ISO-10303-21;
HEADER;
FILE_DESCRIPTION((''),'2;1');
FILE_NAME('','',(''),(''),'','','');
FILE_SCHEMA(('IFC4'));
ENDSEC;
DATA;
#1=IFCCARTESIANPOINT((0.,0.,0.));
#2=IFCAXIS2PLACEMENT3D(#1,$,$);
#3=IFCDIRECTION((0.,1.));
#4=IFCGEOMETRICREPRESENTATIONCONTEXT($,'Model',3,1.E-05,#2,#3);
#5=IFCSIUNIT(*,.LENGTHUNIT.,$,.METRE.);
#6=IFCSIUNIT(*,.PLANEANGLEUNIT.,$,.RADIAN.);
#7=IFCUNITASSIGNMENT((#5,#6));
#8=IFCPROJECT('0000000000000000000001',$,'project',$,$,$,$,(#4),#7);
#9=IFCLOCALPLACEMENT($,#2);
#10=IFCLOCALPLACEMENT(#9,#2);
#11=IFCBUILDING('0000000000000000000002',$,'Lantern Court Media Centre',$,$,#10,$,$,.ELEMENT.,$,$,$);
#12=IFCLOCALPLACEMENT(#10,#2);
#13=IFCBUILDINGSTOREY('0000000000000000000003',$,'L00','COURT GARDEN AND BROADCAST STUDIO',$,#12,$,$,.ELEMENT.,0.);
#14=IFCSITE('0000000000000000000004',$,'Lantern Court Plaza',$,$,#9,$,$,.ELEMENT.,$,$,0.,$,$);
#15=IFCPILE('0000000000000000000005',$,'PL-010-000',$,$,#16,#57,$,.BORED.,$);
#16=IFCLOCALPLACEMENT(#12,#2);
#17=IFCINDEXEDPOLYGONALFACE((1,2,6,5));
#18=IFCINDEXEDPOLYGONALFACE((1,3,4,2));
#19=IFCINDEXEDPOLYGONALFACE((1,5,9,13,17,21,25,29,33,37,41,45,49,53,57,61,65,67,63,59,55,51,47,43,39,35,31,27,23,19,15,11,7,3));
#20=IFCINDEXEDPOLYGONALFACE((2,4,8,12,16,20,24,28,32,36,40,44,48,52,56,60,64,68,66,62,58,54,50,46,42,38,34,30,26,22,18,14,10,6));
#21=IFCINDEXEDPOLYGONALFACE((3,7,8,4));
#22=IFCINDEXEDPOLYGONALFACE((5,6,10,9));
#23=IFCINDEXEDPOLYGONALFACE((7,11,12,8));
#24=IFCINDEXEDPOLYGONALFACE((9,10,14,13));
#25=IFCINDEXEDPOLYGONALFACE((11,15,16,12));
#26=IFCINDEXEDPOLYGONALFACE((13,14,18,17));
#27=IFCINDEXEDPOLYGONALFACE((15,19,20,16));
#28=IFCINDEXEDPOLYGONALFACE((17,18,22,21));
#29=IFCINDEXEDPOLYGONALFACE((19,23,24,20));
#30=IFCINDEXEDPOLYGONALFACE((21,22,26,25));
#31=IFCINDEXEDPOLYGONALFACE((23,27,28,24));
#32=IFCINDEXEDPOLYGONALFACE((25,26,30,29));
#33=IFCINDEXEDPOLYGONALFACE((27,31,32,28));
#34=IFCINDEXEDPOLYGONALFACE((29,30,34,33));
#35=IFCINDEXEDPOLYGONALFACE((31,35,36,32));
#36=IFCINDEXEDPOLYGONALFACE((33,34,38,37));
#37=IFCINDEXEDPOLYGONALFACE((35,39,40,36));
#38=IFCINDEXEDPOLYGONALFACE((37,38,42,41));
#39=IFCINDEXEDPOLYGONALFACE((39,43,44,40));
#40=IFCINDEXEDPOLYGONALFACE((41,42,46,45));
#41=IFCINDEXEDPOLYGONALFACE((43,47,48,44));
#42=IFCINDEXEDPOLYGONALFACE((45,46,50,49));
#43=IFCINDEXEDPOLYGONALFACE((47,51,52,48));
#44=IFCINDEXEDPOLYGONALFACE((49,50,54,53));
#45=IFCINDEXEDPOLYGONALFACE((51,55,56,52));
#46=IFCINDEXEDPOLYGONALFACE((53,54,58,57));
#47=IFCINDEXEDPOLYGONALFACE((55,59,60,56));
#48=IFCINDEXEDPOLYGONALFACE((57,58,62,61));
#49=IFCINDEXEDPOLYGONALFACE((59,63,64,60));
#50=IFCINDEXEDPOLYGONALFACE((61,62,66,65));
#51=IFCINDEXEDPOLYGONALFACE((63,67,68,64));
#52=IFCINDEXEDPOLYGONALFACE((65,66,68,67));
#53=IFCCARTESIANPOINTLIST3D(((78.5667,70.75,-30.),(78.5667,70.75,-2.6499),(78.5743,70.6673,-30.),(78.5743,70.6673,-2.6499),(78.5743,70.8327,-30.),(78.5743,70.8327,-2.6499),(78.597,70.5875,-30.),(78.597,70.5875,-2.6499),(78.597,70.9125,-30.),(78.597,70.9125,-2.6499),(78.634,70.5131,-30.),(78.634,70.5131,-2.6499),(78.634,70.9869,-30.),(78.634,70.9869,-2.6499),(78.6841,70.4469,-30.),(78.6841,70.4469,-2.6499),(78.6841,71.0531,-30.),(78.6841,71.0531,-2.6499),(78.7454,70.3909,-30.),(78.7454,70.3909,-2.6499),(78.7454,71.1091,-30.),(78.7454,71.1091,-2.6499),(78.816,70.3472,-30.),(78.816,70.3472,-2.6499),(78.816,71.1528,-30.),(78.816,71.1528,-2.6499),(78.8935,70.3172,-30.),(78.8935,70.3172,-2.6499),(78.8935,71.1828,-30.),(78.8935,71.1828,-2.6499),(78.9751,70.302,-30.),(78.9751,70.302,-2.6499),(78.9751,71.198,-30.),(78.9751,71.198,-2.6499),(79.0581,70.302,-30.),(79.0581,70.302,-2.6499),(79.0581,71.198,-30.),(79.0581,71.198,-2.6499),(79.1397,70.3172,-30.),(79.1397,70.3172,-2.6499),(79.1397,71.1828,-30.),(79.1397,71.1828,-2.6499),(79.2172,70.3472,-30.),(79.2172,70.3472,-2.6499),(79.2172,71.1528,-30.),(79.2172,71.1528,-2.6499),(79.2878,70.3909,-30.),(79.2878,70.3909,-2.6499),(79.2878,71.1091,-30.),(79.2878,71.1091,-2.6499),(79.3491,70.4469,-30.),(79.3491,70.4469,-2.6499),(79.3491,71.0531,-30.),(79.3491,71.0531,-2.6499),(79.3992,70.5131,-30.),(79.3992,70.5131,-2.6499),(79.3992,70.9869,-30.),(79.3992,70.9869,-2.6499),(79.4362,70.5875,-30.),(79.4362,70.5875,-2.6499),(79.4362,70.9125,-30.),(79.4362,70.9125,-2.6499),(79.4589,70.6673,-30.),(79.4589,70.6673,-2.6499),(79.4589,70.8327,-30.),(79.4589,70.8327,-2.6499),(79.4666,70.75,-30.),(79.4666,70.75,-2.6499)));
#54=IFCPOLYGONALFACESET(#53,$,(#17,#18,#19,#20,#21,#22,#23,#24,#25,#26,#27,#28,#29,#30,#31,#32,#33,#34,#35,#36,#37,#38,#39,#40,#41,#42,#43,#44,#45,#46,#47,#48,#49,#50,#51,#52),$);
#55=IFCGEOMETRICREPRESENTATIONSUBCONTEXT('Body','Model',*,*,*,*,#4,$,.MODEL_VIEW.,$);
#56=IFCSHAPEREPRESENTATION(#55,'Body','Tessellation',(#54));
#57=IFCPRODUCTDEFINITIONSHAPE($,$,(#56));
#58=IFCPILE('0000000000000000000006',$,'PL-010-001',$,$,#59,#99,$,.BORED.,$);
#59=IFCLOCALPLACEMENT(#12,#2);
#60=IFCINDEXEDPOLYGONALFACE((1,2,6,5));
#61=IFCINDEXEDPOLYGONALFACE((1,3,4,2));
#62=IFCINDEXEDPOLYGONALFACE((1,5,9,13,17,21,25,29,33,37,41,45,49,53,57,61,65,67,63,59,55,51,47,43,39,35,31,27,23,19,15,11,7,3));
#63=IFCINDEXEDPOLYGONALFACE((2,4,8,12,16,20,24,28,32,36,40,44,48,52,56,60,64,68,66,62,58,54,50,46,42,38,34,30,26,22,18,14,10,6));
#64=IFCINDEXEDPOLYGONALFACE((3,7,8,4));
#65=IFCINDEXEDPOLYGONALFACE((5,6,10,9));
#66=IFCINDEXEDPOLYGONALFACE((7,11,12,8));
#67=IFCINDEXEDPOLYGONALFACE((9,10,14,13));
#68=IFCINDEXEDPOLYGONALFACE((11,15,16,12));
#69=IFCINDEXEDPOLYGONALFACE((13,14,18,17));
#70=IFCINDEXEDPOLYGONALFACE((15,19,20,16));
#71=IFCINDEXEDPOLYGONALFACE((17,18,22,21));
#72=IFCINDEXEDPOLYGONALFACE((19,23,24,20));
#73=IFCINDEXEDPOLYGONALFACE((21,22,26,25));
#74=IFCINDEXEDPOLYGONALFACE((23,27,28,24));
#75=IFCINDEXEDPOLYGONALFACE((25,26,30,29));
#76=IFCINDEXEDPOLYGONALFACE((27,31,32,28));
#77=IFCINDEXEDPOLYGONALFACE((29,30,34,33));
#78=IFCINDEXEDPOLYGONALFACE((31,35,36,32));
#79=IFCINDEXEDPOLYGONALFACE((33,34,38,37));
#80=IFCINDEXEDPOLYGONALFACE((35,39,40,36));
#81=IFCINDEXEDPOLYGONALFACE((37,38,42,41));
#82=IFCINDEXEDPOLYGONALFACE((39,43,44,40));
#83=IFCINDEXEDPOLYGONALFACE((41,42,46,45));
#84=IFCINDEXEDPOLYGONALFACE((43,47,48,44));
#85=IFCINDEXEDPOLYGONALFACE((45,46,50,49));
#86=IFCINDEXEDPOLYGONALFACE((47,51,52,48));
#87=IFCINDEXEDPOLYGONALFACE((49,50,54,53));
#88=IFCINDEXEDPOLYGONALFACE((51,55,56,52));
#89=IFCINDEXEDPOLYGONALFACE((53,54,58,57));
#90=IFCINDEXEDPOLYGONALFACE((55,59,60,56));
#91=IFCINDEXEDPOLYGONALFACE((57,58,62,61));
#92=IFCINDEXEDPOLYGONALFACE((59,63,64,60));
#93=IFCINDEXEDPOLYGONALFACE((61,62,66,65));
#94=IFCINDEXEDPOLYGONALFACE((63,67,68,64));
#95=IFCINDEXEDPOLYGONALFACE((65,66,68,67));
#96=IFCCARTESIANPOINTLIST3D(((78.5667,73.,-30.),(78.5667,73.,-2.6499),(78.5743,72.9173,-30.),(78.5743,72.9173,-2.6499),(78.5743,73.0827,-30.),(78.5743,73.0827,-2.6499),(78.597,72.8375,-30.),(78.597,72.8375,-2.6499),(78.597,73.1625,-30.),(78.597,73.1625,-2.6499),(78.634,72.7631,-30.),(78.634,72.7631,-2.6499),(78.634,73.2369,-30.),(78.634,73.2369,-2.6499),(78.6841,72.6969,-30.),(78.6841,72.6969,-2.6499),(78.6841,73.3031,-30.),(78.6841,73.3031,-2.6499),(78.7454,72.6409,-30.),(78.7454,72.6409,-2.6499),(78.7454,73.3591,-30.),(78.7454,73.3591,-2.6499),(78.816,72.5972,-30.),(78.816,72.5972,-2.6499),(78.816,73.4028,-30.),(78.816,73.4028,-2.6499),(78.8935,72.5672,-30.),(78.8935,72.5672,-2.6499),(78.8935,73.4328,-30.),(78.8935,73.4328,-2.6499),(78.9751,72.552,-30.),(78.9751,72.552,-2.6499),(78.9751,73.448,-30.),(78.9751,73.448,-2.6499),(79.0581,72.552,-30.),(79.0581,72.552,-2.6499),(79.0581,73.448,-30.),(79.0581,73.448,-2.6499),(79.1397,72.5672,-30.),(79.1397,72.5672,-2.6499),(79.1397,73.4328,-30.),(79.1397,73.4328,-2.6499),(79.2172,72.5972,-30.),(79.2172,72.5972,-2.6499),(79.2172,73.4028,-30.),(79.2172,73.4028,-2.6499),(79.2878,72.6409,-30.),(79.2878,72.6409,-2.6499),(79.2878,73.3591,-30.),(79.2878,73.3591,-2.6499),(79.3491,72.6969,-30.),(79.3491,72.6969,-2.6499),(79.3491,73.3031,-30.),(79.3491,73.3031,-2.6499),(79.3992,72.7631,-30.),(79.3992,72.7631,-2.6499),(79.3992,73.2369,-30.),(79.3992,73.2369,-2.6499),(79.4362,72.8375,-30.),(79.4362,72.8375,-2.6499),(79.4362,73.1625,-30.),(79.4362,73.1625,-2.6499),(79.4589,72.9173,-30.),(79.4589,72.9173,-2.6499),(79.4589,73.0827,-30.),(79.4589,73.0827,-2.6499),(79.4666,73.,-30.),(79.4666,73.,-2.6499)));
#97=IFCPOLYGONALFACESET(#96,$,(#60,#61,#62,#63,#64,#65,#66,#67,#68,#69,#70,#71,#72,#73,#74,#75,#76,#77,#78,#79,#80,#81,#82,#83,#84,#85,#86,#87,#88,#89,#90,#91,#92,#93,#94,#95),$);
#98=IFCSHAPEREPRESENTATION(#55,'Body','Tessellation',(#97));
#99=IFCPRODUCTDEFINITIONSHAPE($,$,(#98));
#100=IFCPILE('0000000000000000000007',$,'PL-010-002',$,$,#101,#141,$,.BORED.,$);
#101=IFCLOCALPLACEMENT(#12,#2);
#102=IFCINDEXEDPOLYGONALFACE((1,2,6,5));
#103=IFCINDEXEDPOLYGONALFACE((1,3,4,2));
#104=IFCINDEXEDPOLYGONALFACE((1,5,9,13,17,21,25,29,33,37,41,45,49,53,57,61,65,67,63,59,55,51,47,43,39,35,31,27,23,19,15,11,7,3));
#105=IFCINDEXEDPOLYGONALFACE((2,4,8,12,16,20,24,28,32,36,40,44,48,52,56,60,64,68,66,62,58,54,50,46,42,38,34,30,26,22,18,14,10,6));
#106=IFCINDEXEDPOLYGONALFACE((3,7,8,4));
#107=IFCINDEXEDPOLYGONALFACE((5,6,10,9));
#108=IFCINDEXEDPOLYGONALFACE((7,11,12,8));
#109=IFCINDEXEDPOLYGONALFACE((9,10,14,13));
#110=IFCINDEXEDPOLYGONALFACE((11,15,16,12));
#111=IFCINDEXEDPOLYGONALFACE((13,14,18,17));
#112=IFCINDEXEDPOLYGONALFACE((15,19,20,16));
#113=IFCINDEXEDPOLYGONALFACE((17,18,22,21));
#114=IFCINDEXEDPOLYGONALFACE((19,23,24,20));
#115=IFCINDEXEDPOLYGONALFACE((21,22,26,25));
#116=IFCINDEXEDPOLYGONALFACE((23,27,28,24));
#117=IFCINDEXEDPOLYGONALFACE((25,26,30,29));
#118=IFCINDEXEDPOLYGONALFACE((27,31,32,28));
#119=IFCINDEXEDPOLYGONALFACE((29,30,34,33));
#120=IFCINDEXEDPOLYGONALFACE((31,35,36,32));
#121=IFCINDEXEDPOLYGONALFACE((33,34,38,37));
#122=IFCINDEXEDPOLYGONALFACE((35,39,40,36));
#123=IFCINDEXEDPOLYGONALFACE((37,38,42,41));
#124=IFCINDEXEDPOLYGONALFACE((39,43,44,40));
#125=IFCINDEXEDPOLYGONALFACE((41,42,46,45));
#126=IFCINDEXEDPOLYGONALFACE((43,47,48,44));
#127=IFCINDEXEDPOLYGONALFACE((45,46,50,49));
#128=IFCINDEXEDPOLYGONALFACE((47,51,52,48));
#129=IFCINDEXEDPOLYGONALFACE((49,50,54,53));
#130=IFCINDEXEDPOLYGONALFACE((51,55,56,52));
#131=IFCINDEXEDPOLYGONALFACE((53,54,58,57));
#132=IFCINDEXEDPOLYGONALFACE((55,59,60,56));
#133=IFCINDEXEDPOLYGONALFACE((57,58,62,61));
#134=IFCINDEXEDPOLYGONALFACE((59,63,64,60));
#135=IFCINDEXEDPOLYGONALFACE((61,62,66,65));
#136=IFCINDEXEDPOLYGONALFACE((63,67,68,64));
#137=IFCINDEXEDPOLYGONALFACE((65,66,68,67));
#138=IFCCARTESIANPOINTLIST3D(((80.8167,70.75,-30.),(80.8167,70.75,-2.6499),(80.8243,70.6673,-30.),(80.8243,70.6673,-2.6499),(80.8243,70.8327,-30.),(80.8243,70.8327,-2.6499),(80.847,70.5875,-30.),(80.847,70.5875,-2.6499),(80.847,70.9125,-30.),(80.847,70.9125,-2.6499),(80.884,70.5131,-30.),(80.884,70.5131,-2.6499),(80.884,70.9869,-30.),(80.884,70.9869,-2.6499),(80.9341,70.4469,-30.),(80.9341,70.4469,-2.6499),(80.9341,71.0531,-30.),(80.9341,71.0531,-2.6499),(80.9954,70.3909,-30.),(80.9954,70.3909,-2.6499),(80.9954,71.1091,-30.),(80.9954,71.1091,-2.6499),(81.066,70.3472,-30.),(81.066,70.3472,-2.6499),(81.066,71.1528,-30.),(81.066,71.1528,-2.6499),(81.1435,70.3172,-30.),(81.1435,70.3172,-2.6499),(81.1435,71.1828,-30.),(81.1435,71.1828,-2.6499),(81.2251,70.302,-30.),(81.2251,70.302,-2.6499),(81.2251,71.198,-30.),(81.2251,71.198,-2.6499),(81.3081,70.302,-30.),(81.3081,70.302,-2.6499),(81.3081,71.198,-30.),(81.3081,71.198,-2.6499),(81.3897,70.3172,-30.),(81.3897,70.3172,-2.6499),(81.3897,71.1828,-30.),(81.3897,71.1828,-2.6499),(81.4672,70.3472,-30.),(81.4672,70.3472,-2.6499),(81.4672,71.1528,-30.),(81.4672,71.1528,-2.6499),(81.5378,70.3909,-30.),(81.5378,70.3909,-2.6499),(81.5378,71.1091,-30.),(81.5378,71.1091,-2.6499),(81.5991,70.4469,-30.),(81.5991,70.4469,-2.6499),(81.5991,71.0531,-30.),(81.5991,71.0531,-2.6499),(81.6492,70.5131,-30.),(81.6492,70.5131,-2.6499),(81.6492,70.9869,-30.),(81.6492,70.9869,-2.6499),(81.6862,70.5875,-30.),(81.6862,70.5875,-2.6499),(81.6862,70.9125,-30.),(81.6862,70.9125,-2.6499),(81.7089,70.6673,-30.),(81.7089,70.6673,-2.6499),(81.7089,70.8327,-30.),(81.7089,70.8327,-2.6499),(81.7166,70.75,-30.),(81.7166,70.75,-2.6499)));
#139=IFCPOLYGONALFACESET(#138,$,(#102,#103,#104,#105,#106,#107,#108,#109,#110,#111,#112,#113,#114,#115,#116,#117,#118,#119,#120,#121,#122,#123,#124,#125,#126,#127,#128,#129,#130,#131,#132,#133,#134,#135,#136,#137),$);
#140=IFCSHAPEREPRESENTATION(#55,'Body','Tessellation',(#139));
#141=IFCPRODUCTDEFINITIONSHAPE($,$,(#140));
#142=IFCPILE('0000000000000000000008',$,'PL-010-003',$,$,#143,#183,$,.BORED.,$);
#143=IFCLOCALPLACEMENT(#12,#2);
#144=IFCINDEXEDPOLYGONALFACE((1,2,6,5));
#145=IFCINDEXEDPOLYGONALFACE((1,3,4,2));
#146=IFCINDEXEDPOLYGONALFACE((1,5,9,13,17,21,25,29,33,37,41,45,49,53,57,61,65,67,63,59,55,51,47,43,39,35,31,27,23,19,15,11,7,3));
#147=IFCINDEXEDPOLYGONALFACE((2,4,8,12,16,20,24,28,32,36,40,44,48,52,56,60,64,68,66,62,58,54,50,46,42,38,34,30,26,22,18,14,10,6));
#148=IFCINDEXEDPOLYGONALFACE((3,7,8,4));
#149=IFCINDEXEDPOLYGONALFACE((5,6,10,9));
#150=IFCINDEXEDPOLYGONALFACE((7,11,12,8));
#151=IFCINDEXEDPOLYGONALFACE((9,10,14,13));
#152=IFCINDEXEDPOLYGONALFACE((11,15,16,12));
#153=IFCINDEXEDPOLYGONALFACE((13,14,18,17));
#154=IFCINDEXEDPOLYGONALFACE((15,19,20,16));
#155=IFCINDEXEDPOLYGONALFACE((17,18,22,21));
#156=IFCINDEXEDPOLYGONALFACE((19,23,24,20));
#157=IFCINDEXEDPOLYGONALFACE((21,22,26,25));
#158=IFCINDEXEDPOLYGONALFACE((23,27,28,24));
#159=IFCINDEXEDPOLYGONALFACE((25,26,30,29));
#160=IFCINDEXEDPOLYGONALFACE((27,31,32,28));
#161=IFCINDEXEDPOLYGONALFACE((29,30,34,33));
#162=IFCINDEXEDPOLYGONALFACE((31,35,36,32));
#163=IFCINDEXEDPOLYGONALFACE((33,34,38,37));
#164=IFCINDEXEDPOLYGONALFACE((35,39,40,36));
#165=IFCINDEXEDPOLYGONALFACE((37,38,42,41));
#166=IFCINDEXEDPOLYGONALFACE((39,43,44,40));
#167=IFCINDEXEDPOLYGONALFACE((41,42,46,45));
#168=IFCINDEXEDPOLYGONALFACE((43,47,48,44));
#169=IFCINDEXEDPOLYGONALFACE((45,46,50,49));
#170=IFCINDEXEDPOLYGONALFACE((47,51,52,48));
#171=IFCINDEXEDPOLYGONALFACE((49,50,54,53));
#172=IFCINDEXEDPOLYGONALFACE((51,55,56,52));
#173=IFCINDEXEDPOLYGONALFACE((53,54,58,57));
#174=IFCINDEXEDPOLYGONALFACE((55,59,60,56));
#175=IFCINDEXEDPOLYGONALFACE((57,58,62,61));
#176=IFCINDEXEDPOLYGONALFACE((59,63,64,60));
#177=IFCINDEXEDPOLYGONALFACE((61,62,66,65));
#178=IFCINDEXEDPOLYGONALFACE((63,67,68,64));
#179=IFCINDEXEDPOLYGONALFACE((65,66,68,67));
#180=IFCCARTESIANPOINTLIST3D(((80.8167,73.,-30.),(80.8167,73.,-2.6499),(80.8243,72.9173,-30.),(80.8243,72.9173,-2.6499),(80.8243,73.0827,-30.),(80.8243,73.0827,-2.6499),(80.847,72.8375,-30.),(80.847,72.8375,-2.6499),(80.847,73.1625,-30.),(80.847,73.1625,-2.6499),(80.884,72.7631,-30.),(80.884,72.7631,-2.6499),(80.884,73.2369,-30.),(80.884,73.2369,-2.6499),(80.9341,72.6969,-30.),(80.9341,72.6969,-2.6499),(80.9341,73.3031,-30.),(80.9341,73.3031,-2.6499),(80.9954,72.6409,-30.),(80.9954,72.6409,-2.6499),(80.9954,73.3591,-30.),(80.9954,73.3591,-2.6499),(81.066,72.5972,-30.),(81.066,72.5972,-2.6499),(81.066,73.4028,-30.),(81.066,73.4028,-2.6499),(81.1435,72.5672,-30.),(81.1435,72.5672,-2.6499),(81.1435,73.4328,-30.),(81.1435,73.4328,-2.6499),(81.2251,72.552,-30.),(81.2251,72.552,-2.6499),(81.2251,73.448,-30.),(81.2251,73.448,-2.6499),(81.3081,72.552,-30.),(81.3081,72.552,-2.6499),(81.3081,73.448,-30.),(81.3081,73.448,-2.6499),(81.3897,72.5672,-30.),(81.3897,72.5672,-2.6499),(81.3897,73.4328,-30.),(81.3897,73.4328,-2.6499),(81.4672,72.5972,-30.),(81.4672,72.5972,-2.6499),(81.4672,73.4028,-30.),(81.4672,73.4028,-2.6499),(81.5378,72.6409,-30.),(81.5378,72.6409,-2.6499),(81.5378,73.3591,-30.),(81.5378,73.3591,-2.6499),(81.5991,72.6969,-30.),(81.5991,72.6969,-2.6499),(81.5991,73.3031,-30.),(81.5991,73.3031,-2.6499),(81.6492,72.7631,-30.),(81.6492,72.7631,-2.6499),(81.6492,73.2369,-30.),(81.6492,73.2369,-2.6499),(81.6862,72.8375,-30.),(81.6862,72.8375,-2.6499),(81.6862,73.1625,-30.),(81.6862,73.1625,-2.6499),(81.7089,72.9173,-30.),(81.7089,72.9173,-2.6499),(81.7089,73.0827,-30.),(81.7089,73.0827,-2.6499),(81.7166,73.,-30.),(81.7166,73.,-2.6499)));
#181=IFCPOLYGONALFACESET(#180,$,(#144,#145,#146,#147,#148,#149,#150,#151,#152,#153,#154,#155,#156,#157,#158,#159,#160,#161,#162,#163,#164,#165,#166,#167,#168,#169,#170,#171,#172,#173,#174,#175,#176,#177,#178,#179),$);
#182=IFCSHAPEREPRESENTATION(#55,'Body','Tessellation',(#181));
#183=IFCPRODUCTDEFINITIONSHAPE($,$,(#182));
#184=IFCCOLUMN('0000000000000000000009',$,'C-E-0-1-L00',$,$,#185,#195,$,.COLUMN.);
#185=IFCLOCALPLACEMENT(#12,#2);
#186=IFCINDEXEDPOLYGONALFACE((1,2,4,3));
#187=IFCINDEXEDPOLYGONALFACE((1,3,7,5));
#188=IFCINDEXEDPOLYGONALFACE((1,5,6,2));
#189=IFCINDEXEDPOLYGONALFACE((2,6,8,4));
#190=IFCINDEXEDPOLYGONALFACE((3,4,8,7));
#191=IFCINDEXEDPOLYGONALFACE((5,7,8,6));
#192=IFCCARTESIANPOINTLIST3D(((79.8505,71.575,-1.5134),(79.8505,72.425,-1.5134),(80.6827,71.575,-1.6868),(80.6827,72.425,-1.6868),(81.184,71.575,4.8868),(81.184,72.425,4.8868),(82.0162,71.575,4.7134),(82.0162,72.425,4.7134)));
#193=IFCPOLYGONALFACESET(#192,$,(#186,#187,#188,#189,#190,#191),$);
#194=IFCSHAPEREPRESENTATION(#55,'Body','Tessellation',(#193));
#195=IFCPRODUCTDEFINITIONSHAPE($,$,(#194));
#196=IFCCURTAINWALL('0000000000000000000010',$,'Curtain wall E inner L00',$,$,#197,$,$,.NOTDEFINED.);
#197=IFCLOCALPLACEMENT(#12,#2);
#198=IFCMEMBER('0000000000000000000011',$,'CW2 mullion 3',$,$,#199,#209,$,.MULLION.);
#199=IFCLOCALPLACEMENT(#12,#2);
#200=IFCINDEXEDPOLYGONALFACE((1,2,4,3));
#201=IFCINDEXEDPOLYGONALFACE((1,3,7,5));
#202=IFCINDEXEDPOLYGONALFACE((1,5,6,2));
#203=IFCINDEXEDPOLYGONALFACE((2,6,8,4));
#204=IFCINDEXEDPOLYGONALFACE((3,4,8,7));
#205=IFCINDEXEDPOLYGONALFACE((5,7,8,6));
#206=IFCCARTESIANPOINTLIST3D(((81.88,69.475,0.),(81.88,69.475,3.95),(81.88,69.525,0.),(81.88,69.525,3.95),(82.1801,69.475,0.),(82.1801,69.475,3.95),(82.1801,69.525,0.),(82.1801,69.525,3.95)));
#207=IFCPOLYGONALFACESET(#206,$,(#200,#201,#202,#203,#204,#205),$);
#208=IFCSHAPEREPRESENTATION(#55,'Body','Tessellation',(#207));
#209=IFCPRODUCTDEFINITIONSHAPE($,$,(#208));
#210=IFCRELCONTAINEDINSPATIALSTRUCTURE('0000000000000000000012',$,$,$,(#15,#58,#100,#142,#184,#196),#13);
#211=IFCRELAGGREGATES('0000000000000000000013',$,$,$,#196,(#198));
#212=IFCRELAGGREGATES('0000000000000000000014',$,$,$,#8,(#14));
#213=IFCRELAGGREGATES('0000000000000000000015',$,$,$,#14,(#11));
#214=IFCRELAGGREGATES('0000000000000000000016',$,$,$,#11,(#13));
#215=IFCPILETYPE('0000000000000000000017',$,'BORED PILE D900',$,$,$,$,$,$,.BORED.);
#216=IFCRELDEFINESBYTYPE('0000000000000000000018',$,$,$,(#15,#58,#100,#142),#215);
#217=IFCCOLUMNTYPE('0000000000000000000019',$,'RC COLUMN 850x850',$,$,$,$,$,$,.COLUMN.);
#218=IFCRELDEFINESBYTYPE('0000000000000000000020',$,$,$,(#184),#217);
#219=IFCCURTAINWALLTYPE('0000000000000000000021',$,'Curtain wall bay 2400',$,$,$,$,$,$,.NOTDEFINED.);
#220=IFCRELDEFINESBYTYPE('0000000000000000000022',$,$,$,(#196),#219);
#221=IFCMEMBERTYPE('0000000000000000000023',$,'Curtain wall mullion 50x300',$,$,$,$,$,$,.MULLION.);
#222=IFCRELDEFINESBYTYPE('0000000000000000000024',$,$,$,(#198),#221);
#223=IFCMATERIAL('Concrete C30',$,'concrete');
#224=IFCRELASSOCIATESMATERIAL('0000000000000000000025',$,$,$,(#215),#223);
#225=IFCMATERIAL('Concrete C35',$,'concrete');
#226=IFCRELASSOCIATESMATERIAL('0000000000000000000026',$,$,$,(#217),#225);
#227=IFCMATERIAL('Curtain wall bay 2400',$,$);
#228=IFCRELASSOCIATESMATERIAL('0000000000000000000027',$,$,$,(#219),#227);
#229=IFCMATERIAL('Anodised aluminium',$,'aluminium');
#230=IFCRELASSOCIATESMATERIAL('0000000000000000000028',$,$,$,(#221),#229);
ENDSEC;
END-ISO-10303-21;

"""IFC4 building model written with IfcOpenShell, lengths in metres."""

from ifc_helpers import new_model, si_unit, direction, frame, origin, origin_2d, place, context, subcontext, project, spatial, rectangle, circle, extrude, material, material_profile, profile_set, type_object, element, aggregate, save


model = new_model("IFC4")

# Units and contexts
model_context = context("Model", 3, precision=1e-05, world=origin(), true_north=direction((0.0, 1.0)))
body_context = subcontext(model_context, "Body", "Model", "MODEL_VIEW")
ifc_project = project(units=[si_unit("LENGTHUNIT", "METRE"), si_unit("PLANEANGLEUNIT", "RADIAN")], contexts=[model_context])

# Site, building, storey
site_placement = place(None, origin())
site = spatial("IfcSite", under=ifc_project, at=site_placement, Name="Lantern Court Plaza", CompositionType="ELEMENT", RefElevation=0.0)
building_placement = place(site_placement, origin())
building = spatial("IfcBuilding", under=site, at=building_placement, Name="Lantern Court Media Centre", CompositionType="ELEMENT")
storey_placement = place(building_placement, origin())
storey = spatial("IfcBuildingStorey", under=building, at=storey_placement, Name="L00", Description="COURT GARDEN AND BROADCAST STUDIO", CompositionType="ELEMENT", Elevation=0.0)

# Piles
ifc_material_1 = material(Name="Concrete C30", Category="concrete")
ifc_material_profile_1 = material_profile(ifc_material_1, circle(Radius=0.45, at=origin_2d()), Name="D900")
ifc_profile_set_1 = profile_set([ifc_material_profile_1], Name="Concrete C30")
pile_type = type_object("IfcPileType", Name="BORED PILE D900", PredefinedType="BORED", material=ifc_profile_set_1)
for number, where, z_axis, x_axis, name in (
    (1, (79.0166, 70.75, -2.6499), (0.0, 0.0, -1.0), (1.0, 0.0, 0.0), "PL-010-000"),
    (2, (79.0166, 73.0, -2.6499), (0.0, 0.0, -1.0), (1.0, 0.0, 0.0), "PL-010-001"),
    (3, (81.2666, 70.75, -2.6499), (0.0, 0.0, -1.0), (1.0, 0.0, 0.0), "PL-010-002"),
    (4, (81.2666, 73.0, -2.6499), (0.0, 0.0, -1.0), (1.0, 0.0, 0.0), "PL-010-003"),
):
    element("IfcPile", number, at=place(storey_placement, frame(where, z_axis=z_axis, x_axis=x_axis)), inside=storey, type_object=pile_type, Name=name, PredefinedType="BORED", context=body_context, shape_type="SweptSolid", body=[
        extrude(circle(Radius=0.45, at=origin_2d()), origin(), (0.0, 0.0, 1.0), 27.3501),
    ])

# Column
ifc_material_2 = material(Name="Concrete C35", Category="concrete")
ifc_material_profile_2 = material_profile(ifc_material_2, rectangle(XDim=0.8501, YDim=0.8501, at=origin_2d()), Name="RC 850x850")
ifc_profile_set_2 = profile_set([ifc_material_profile_2], Name="Concrete C35")
column_type = type_object("IfcColumnType", Name="RC COLUMN 850x850", PredefinedType="COLUMN", material=ifc_profile_set_2)
column_placement = place(storey_placement, frame((80.2666, 72.0, -1.6001), z_axis=(0.203974, 0.0, 0.978976), x_axis=(0.0, 1.0, 0.0)))
element("IfcColumn", 5, at=column_placement, inside=storey, type_object=column_type, Name="C-E-0-1-L00", PredefinedType="COLUMN", context=body_context, shape_type="SweptSolid", body=[
    extrude(rectangle(XDim=0.8501, YDim=0.8501, at=origin_2d()), origin(), (0.0, 0.0, 1.0), 6.5376),
])

# Curtain wall, member
ifc_material_3 = material(Name="Curtain wall bay 2400")
curtain_wall_type_1 = type_object("IfcCurtainWallType", Name="Curtain wall bay 2400", PredefinedType="NOTDEFINED", material=ifc_material_3)
curtain_wall_1_placement = place(storey_placement, origin())
curtain_wall_1 = element("IfcCurtainWall", 6, at=curtain_wall_1_placement, inside=storey, type_object=curtain_wall_type_1, Name="Curtain wall E inner L00", PredefinedType="NOTDEFINED")
ifc_material_4 = material(Name="Anodised aluminium", Category="aluminium")
ifc_material_profile_3 = material_profile(ifc_material_4, rectangle(XDim=0.3, YDim=0.05, at=origin_2d()), Name="AL 50x300")
ifc_profile_set_3 = profile_set([ifc_material_profile_3], Name="Anodised aluminium")
member_type_1 = type_object("IfcMemberType", Name="Curtain wall mullion 50x300", PredefinedType="MULLION", material=ifc_profile_set_3)
member_1_placement = place(storey_placement, frame((82.03, 69.5, 0.0), z_axis=(0.0, 0.0, 1.0), x_axis=(-1.0, 0.0, 0.0)))
member_1 = element("IfcMember", 7, at=member_1_placement, type_object=member_type_1, Name="CW2 mullion 3", PredefinedType="MULLION", context=body_context, shape_type="SweptSolid", body=[
    extrude(rectangle(XDim=0.3, YDim=0.05, at=origin_2d()), origin(), (0.0, 0.0, 1.0), 3.95),
])

aggregate(curtain_wall_1, [member_1])

save(model, "model.ifc")
